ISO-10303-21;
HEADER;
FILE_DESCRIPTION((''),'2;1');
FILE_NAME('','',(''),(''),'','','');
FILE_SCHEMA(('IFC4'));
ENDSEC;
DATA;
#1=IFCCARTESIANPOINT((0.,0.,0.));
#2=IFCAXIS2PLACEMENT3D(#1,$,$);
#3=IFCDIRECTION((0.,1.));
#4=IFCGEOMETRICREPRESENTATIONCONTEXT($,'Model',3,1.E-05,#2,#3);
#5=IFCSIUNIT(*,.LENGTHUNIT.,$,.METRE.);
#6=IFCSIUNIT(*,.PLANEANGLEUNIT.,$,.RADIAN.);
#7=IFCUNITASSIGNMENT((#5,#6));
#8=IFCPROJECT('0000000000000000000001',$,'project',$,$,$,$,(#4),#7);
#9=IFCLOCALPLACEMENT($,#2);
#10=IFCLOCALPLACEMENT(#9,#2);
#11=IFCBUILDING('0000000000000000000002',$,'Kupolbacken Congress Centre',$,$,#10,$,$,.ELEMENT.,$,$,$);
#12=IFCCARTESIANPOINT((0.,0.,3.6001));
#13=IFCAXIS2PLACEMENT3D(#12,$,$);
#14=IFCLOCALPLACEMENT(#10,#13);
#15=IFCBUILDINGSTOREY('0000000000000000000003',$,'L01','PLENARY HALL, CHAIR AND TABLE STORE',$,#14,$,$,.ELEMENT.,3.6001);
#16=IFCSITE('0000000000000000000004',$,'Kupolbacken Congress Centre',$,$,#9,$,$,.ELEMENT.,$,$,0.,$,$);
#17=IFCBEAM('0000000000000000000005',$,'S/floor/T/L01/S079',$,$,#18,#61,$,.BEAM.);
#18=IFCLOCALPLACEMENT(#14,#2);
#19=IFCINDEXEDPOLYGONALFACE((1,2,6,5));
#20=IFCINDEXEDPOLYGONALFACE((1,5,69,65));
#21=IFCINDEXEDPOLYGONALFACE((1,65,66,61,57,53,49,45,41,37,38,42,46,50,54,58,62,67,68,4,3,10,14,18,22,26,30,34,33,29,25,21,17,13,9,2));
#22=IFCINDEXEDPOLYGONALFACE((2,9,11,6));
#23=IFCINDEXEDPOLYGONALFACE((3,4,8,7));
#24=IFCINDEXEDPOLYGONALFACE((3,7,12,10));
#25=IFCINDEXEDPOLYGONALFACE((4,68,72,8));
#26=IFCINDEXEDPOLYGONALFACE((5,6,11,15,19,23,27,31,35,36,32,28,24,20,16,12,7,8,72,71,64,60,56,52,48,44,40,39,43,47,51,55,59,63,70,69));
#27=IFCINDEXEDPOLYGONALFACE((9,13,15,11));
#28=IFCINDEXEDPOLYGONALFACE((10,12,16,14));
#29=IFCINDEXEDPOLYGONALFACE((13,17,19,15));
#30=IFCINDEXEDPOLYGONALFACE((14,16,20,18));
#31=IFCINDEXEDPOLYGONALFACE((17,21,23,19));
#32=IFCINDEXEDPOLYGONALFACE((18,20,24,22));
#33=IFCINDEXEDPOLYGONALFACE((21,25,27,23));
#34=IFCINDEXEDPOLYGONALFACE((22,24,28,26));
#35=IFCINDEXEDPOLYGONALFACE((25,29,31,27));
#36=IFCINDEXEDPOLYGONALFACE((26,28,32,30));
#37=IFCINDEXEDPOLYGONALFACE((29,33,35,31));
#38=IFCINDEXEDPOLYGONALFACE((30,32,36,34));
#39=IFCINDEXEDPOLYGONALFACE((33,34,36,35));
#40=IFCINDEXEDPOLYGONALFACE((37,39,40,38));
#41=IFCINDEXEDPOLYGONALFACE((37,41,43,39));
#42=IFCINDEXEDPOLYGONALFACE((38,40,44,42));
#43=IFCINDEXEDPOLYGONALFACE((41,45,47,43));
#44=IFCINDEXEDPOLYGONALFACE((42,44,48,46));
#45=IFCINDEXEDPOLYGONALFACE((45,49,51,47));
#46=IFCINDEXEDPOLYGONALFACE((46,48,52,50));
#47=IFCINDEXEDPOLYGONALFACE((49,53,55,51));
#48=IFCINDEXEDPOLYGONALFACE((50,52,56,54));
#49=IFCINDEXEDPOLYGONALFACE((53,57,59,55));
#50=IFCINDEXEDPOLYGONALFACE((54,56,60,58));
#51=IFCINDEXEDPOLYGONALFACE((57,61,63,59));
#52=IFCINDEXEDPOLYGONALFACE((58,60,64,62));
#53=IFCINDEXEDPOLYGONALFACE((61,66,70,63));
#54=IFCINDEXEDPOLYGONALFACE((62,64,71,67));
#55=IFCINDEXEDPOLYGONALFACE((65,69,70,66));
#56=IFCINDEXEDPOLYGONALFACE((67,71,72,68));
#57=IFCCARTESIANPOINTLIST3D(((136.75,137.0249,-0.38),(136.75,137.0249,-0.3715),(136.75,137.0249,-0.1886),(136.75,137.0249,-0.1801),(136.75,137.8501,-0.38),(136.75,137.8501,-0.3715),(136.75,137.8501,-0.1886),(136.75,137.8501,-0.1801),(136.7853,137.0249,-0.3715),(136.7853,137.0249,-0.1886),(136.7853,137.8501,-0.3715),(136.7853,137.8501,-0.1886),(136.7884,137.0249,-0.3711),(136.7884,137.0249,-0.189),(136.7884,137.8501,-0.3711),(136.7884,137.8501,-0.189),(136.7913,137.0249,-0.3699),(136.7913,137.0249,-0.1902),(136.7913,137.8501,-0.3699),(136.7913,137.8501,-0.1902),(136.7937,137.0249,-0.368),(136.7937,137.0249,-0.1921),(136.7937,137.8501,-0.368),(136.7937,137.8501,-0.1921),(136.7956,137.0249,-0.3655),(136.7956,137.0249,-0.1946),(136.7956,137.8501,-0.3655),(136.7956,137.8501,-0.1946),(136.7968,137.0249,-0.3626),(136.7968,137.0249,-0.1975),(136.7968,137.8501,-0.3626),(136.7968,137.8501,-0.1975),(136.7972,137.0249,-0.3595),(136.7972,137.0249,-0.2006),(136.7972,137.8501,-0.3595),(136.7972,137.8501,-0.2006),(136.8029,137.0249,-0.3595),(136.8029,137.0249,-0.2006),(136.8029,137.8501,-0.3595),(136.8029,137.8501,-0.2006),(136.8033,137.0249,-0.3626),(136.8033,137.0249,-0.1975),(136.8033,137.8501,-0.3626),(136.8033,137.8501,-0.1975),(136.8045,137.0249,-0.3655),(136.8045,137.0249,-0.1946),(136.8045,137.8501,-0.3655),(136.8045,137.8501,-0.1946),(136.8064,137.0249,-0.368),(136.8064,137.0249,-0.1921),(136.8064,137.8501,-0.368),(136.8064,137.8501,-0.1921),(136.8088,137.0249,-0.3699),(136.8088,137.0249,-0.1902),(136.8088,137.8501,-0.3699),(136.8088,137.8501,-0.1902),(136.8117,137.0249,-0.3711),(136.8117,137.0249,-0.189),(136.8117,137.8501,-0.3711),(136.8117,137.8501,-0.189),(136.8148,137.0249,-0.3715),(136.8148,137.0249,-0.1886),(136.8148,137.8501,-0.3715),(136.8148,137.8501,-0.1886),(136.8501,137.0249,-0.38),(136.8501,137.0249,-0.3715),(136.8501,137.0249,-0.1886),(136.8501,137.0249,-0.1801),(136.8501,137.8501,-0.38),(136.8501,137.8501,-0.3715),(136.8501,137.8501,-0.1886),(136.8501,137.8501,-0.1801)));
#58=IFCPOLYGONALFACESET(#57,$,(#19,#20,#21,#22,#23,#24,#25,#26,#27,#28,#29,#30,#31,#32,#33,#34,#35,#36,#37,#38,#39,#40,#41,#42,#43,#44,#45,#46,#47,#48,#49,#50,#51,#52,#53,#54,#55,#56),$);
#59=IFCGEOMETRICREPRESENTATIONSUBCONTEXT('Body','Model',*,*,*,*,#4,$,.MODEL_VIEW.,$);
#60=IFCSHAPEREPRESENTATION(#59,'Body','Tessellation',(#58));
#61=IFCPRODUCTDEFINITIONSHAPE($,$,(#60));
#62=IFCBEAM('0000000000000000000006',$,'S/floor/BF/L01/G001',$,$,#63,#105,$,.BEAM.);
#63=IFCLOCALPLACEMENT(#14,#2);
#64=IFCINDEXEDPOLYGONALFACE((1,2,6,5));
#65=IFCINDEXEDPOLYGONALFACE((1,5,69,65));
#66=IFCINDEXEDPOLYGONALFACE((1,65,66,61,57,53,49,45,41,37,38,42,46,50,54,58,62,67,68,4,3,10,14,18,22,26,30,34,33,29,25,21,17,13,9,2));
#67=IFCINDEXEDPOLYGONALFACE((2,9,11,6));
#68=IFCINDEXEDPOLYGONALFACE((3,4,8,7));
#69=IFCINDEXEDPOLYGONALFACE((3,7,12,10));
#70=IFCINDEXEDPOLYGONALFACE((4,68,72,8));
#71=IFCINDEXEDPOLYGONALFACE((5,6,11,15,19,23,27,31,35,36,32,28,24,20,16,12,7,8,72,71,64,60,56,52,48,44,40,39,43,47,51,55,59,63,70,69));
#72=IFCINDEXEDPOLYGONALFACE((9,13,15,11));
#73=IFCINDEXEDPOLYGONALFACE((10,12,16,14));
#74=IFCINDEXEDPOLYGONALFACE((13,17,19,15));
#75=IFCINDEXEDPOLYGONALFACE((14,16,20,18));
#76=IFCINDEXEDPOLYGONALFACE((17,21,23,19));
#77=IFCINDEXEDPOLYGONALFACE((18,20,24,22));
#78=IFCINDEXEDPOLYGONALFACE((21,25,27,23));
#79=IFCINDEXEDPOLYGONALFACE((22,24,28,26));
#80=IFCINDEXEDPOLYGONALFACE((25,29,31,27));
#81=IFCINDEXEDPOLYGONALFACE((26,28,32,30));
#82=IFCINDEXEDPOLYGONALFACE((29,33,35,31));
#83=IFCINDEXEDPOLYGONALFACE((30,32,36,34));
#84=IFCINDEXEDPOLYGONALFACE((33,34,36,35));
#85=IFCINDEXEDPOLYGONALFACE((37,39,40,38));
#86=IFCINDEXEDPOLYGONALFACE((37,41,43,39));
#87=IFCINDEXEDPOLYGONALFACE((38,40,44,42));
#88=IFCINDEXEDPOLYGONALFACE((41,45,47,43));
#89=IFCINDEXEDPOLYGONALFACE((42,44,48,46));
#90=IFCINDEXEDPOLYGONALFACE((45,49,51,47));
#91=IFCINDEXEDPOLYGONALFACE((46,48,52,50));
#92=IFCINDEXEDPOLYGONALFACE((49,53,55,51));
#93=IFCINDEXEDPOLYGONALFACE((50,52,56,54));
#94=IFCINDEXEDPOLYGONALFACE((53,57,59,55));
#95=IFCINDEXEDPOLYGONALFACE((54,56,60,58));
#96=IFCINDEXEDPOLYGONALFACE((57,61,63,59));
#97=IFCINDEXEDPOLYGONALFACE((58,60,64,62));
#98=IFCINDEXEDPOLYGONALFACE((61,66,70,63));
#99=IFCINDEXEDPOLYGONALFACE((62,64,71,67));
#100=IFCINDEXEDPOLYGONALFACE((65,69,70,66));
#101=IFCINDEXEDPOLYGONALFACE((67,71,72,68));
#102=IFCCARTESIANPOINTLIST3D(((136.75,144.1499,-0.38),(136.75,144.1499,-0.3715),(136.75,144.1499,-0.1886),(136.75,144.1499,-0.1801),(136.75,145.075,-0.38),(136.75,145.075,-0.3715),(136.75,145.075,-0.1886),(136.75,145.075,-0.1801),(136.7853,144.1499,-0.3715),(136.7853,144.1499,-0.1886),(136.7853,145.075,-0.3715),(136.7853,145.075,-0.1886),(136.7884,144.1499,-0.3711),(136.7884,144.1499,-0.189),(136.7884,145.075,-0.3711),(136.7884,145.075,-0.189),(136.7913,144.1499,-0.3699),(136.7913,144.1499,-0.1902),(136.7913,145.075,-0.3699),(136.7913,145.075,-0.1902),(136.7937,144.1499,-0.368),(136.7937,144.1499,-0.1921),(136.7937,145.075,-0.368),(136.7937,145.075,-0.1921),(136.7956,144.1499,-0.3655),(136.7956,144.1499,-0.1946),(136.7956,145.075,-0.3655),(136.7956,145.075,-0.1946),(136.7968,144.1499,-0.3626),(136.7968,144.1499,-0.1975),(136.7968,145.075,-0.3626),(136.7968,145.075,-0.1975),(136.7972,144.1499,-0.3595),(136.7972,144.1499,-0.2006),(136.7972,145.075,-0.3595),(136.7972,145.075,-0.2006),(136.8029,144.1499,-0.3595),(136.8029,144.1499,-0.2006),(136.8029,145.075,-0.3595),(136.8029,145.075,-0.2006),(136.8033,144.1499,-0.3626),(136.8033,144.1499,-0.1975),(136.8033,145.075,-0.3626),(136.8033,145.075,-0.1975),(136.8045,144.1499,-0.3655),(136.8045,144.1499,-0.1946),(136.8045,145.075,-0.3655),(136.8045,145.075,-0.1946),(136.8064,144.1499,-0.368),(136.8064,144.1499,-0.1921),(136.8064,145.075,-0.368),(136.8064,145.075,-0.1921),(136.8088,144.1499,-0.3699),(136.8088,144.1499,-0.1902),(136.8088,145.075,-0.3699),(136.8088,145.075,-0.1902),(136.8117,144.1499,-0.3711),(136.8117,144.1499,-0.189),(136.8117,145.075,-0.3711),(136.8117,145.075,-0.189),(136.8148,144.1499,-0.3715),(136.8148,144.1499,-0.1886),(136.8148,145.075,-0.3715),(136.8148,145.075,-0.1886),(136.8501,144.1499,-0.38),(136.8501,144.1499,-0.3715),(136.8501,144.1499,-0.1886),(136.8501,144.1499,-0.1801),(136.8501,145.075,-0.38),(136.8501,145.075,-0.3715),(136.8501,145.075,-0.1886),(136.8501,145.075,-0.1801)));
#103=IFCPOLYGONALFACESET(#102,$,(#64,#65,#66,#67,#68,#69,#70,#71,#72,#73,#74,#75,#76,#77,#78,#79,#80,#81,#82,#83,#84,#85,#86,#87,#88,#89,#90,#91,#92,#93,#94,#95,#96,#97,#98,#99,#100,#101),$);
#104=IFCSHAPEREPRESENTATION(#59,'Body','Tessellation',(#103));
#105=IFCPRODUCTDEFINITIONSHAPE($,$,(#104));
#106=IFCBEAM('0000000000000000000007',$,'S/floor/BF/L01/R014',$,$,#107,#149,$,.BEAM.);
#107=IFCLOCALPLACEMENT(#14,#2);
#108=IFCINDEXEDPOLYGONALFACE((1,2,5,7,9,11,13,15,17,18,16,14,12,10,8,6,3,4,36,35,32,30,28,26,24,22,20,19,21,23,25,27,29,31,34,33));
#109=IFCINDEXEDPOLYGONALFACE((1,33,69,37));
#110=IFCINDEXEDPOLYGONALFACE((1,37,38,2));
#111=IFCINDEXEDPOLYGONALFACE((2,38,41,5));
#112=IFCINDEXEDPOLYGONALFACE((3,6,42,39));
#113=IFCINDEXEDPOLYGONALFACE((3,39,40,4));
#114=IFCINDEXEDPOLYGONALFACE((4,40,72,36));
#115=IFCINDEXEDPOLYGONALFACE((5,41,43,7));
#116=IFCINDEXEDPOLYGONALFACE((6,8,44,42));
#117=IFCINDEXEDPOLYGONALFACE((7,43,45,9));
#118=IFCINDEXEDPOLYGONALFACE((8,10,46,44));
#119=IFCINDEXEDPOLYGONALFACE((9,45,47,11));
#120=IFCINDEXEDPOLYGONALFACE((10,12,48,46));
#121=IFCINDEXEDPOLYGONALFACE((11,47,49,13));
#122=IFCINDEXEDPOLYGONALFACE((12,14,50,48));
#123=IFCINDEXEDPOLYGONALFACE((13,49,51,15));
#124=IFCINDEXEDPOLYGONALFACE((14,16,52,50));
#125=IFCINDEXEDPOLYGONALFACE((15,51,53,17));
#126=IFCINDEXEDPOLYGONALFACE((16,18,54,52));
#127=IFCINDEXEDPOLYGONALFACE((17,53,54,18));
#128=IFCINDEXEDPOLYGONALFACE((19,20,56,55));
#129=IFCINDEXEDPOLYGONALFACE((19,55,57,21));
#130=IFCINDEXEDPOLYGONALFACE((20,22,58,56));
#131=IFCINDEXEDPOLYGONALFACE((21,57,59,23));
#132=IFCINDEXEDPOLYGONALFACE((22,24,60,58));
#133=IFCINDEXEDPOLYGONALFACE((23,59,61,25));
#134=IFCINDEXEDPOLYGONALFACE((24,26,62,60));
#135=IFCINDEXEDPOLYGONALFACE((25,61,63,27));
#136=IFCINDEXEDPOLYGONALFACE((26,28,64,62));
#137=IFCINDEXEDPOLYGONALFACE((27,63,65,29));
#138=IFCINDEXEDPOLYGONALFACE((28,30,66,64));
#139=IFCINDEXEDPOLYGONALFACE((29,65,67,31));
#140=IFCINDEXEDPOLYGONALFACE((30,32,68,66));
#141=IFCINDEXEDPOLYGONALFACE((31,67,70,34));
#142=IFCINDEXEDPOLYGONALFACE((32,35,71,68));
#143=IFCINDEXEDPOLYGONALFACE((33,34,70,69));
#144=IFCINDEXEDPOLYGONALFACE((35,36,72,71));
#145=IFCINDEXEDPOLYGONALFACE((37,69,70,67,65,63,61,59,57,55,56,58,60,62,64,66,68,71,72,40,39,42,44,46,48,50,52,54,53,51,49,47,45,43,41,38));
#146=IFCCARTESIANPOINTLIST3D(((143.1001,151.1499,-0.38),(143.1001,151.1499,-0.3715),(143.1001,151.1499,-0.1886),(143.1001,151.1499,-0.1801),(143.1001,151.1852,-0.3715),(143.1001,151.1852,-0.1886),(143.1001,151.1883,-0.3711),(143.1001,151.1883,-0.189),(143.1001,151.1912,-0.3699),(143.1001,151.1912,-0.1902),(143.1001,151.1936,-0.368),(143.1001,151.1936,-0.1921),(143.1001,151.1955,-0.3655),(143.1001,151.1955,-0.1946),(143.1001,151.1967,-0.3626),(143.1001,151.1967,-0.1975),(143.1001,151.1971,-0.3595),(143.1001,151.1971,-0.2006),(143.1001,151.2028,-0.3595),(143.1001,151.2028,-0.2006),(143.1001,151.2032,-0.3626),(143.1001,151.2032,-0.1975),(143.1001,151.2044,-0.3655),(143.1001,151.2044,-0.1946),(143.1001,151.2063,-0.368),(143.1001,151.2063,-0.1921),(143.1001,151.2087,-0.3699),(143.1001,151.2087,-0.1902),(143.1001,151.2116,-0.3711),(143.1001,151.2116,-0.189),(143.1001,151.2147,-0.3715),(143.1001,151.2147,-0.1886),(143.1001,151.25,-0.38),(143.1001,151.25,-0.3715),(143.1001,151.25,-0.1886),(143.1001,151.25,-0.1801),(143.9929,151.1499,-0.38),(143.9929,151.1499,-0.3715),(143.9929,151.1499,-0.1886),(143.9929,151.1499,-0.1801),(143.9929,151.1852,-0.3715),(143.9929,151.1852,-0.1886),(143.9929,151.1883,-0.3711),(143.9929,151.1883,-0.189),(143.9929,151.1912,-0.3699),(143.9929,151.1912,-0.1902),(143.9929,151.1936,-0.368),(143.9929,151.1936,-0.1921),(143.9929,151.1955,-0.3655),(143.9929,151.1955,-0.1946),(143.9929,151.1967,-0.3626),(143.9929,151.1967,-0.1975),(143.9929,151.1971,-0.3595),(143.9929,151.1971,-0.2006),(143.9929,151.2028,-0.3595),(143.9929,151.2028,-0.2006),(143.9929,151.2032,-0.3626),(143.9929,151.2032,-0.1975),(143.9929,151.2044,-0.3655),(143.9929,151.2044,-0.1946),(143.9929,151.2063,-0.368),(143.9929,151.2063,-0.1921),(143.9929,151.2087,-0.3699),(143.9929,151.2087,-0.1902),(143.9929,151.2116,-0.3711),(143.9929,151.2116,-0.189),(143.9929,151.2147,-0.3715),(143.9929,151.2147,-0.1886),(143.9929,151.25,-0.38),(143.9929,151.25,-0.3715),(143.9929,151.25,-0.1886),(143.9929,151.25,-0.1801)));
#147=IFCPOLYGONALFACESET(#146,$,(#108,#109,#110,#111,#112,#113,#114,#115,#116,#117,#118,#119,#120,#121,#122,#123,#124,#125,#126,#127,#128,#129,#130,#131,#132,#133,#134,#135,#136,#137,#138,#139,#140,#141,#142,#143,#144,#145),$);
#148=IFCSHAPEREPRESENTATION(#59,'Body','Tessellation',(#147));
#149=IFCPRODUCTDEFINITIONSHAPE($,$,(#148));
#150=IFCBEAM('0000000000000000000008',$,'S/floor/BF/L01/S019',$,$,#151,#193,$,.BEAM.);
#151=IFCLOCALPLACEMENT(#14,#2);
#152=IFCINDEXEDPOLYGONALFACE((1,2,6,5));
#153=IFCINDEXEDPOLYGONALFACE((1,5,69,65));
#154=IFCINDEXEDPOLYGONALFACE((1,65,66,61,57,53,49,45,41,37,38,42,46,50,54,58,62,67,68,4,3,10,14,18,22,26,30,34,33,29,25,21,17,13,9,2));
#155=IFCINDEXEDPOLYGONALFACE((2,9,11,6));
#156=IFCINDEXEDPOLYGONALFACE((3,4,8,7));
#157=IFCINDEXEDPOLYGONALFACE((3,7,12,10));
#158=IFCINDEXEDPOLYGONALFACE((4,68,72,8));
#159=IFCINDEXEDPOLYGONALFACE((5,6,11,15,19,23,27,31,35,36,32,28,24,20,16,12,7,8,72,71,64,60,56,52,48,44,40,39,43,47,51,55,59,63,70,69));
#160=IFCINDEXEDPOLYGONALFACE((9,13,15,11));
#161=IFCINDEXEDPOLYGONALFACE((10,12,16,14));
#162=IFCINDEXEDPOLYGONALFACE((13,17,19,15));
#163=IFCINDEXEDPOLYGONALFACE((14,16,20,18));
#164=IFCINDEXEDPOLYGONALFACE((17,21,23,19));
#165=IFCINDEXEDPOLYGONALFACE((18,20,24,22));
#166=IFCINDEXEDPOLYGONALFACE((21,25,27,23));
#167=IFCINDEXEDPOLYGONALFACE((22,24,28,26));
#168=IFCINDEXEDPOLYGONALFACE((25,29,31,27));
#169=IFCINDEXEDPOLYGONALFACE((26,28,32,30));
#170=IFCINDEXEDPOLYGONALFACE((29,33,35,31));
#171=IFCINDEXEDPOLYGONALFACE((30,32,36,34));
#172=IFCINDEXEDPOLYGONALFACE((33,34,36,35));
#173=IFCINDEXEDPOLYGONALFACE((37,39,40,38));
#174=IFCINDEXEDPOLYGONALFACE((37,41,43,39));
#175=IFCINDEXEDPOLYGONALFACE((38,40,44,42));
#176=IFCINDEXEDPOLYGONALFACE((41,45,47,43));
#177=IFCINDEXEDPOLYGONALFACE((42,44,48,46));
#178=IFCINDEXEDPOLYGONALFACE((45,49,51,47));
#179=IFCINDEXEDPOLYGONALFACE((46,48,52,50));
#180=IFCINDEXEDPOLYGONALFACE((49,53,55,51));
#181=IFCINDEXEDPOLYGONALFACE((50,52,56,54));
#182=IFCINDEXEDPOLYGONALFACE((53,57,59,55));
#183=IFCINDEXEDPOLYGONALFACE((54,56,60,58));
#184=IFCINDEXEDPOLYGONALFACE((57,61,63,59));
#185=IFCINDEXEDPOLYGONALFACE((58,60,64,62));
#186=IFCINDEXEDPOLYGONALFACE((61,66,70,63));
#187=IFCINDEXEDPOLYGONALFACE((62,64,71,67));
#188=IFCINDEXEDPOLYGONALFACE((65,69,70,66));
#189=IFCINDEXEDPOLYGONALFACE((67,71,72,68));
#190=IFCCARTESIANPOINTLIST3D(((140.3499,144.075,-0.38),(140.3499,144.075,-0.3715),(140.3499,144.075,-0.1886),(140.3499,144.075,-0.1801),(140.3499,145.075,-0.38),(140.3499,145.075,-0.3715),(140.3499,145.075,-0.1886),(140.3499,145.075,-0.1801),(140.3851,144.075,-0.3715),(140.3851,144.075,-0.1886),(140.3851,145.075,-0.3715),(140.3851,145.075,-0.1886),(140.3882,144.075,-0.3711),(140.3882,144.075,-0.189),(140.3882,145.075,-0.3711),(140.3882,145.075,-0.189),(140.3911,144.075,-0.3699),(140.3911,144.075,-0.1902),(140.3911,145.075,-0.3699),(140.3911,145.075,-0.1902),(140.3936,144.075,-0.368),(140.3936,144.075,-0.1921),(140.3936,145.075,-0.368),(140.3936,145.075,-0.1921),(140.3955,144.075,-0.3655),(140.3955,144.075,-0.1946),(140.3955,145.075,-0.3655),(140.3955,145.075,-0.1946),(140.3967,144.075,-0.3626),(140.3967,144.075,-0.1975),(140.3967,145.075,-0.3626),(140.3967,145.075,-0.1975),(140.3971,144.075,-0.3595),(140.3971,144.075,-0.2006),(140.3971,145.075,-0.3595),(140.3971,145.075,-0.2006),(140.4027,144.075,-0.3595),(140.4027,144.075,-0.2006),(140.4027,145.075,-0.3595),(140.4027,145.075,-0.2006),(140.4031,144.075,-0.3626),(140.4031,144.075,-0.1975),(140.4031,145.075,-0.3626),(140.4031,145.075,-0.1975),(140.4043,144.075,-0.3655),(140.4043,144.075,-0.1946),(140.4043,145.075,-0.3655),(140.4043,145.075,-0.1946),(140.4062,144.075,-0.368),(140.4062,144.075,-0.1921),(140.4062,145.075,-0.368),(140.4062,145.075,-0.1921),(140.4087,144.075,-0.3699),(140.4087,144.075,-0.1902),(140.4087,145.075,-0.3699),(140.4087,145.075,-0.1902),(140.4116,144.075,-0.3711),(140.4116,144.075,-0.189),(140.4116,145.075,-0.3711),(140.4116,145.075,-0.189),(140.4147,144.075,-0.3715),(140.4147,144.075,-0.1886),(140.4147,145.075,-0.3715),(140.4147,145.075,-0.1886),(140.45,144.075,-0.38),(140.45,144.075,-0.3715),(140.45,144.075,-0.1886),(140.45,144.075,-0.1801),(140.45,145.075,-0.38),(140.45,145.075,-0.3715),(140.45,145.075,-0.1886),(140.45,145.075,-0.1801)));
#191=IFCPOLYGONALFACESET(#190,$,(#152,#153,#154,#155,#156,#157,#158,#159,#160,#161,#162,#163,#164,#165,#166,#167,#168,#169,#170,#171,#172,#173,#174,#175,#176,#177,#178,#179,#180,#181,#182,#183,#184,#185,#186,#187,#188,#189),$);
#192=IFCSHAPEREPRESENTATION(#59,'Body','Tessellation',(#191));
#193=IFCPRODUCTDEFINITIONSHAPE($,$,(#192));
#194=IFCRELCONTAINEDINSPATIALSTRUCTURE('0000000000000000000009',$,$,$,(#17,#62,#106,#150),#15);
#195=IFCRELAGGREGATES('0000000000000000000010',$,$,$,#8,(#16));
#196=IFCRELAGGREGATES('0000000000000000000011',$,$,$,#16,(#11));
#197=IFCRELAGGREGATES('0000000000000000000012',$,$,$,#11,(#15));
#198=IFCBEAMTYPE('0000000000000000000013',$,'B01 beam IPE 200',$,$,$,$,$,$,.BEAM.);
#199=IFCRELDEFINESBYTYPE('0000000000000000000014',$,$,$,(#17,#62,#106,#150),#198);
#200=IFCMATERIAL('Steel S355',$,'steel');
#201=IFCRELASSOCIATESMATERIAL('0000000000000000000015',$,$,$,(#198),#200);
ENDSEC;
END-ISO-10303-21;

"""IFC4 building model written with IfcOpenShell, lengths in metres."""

from ifc_helpers import new_model, si_unit, direction, frame, origin, origin_2d, place, context, subcontext, project, spatial, i_section, extrude, material, material_profile, profile_set, type_object, element, save


model = new_model("IFC4")

# Units and contexts
model_context = context("Model", 3, precision=1e-05, world=origin(), true_north=direction((0.0, 1.0)))
body_context = subcontext(model_context, "Body", "Model", "MODEL_VIEW")
ifc_project = project(units=[si_unit("LENGTHUNIT", "METRE"), si_unit("PLANEANGLEUNIT", "RADIAN")], contexts=[model_context])

# Site, building, storey
site_placement = place(None, origin())
site = spatial("IfcSite", under=ifc_project, at=site_placement, Name="Kupolbacken Congress Centre", CompositionType="ELEMENT", RefElevation=0.0)
building_placement = place(site_placement, origin())
building = spatial("IfcBuilding", under=site, at=building_placement, Name="Kupolbacken Congress Centre", CompositionType="ELEMENT")
storey_placement = place(building_placement, frame((0.0, 0.0, 3.6001)))
storey = spatial("IfcBuildingStorey", under=building, at=storey_placement, Name="L01", Description="PLENARY HALL, CHAIR AND TABLE STORE", CompositionType="ELEMENT", Elevation=3.6001)

# Beams
ifc_material_1 = material(Name="Steel S355", Category="steel")
ifc_material_profile_1 = material_profile(ifc_material_1, i_section(OverallWidth=0.1001, OverallDepth=0.2, WebThickness=0.0056, FlangeThickness=0.0085, FilletRadius=0.012, at=origin_2d()), Name="IPE 200")
ifc_profile_set_1 = profile_set([ifc_material_profile_1], Name="Steel S355")
beam_type_1 = type_object("IfcBeamType", Name="B01 beam IPE 200", PredefinedType="BEAM", material=ifc_profile_set_1)
beam_1_placement = place(storey_placement, frame((136.8, 137.0249, -0.28), z_axis=(0.0, 1.0, 0.0), x_axis=(-1.0, 0.0, 0.0)))
element("IfcBeam", 1, at=beam_1_placement, inside=storey, type_object=beam_type_1, Name="S/floor/T/L01/S079", PredefinedType="BEAM", context=body_context, shape_type="SweptSolid", body=[
    extrude(i_section(OverallWidth=0.1001, OverallDepth=0.2, WebThickness=0.0056, FlangeThickness=0.0085, FilletRadius=0.012, at=origin_2d()), origin(), (0.0, 0.0, 1.0), 0.8252),
])
beam_2_placement = place(storey_placement, frame((136.8, 144.1499, -0.28), z_axis=(0.0, 1.0, 0.0), x_axis=(-1.0, 0.0, 0.0)))
element("IfcBeam", 2, at=beam_2_placement, inside=storey, type_object=beam_type_1, Name="S/floor/BF/L01/G001", PredefinedType="BEAM", context=body_context, shape_type="SweptSolid", body=[
    extrude(i_section(OverallWidth=0.1001, OverallDepth=0.2, WebThickness=0.0056, FlangeThickness=0.0085, FilletRadius=0.012, at=origin_2d()), origin(), (0.0, 0.0, 1.0), 0.925),
])
beam_3_placement = place(storey_placement, frame((143.1001, 151.2, -0.28), z_axis=(1.0, 0.0, 0.0), x_axis=(0.0, 1.0, 0.0)))
element("IfcBeam", 3, at=beam_3_placement, inside=storey, type_object=beam_type_1, Name="S/floor/BF/L01/R014", PredefinedType="BEAM", context=body_context, shape_type="SweptSolid", body=[
    extrude(i_section(OverallWidth=0.1001, OverallDepth=0.2, WebThickness=0.0056, FlangeThickness=0.0085, FilletRadius=0.012, at=origin_2d()), origin(), (0.0, 0.0, 1.0), 0.8928),
])
beam_4_placement = place(storey_placement, frame((140.3999, 144.075, -0.28), z_axis=(0.0, 1.0, 0.0), x_axis=(-1.0, 0.0, 0.0)))
element("IfcBeam", 4, at=beam_4_placement, inside=storey, type_object=beam_type_1, Name="S/floor/BF/L01/S019", PredefinedType="BEAM", context=body_context, shape_type="SweptSolid", body=[
    extrude(i_section(OverallWidth=0.1001, OverallDepth=0.2, WebThickness=0.0056, FlangeThickness=0.0085, FilletRadius=0.012, at=origin_2d()), origin(), (0.0, 0.0, 1.0), 1.0),
])

save(model, "model.ifc")
